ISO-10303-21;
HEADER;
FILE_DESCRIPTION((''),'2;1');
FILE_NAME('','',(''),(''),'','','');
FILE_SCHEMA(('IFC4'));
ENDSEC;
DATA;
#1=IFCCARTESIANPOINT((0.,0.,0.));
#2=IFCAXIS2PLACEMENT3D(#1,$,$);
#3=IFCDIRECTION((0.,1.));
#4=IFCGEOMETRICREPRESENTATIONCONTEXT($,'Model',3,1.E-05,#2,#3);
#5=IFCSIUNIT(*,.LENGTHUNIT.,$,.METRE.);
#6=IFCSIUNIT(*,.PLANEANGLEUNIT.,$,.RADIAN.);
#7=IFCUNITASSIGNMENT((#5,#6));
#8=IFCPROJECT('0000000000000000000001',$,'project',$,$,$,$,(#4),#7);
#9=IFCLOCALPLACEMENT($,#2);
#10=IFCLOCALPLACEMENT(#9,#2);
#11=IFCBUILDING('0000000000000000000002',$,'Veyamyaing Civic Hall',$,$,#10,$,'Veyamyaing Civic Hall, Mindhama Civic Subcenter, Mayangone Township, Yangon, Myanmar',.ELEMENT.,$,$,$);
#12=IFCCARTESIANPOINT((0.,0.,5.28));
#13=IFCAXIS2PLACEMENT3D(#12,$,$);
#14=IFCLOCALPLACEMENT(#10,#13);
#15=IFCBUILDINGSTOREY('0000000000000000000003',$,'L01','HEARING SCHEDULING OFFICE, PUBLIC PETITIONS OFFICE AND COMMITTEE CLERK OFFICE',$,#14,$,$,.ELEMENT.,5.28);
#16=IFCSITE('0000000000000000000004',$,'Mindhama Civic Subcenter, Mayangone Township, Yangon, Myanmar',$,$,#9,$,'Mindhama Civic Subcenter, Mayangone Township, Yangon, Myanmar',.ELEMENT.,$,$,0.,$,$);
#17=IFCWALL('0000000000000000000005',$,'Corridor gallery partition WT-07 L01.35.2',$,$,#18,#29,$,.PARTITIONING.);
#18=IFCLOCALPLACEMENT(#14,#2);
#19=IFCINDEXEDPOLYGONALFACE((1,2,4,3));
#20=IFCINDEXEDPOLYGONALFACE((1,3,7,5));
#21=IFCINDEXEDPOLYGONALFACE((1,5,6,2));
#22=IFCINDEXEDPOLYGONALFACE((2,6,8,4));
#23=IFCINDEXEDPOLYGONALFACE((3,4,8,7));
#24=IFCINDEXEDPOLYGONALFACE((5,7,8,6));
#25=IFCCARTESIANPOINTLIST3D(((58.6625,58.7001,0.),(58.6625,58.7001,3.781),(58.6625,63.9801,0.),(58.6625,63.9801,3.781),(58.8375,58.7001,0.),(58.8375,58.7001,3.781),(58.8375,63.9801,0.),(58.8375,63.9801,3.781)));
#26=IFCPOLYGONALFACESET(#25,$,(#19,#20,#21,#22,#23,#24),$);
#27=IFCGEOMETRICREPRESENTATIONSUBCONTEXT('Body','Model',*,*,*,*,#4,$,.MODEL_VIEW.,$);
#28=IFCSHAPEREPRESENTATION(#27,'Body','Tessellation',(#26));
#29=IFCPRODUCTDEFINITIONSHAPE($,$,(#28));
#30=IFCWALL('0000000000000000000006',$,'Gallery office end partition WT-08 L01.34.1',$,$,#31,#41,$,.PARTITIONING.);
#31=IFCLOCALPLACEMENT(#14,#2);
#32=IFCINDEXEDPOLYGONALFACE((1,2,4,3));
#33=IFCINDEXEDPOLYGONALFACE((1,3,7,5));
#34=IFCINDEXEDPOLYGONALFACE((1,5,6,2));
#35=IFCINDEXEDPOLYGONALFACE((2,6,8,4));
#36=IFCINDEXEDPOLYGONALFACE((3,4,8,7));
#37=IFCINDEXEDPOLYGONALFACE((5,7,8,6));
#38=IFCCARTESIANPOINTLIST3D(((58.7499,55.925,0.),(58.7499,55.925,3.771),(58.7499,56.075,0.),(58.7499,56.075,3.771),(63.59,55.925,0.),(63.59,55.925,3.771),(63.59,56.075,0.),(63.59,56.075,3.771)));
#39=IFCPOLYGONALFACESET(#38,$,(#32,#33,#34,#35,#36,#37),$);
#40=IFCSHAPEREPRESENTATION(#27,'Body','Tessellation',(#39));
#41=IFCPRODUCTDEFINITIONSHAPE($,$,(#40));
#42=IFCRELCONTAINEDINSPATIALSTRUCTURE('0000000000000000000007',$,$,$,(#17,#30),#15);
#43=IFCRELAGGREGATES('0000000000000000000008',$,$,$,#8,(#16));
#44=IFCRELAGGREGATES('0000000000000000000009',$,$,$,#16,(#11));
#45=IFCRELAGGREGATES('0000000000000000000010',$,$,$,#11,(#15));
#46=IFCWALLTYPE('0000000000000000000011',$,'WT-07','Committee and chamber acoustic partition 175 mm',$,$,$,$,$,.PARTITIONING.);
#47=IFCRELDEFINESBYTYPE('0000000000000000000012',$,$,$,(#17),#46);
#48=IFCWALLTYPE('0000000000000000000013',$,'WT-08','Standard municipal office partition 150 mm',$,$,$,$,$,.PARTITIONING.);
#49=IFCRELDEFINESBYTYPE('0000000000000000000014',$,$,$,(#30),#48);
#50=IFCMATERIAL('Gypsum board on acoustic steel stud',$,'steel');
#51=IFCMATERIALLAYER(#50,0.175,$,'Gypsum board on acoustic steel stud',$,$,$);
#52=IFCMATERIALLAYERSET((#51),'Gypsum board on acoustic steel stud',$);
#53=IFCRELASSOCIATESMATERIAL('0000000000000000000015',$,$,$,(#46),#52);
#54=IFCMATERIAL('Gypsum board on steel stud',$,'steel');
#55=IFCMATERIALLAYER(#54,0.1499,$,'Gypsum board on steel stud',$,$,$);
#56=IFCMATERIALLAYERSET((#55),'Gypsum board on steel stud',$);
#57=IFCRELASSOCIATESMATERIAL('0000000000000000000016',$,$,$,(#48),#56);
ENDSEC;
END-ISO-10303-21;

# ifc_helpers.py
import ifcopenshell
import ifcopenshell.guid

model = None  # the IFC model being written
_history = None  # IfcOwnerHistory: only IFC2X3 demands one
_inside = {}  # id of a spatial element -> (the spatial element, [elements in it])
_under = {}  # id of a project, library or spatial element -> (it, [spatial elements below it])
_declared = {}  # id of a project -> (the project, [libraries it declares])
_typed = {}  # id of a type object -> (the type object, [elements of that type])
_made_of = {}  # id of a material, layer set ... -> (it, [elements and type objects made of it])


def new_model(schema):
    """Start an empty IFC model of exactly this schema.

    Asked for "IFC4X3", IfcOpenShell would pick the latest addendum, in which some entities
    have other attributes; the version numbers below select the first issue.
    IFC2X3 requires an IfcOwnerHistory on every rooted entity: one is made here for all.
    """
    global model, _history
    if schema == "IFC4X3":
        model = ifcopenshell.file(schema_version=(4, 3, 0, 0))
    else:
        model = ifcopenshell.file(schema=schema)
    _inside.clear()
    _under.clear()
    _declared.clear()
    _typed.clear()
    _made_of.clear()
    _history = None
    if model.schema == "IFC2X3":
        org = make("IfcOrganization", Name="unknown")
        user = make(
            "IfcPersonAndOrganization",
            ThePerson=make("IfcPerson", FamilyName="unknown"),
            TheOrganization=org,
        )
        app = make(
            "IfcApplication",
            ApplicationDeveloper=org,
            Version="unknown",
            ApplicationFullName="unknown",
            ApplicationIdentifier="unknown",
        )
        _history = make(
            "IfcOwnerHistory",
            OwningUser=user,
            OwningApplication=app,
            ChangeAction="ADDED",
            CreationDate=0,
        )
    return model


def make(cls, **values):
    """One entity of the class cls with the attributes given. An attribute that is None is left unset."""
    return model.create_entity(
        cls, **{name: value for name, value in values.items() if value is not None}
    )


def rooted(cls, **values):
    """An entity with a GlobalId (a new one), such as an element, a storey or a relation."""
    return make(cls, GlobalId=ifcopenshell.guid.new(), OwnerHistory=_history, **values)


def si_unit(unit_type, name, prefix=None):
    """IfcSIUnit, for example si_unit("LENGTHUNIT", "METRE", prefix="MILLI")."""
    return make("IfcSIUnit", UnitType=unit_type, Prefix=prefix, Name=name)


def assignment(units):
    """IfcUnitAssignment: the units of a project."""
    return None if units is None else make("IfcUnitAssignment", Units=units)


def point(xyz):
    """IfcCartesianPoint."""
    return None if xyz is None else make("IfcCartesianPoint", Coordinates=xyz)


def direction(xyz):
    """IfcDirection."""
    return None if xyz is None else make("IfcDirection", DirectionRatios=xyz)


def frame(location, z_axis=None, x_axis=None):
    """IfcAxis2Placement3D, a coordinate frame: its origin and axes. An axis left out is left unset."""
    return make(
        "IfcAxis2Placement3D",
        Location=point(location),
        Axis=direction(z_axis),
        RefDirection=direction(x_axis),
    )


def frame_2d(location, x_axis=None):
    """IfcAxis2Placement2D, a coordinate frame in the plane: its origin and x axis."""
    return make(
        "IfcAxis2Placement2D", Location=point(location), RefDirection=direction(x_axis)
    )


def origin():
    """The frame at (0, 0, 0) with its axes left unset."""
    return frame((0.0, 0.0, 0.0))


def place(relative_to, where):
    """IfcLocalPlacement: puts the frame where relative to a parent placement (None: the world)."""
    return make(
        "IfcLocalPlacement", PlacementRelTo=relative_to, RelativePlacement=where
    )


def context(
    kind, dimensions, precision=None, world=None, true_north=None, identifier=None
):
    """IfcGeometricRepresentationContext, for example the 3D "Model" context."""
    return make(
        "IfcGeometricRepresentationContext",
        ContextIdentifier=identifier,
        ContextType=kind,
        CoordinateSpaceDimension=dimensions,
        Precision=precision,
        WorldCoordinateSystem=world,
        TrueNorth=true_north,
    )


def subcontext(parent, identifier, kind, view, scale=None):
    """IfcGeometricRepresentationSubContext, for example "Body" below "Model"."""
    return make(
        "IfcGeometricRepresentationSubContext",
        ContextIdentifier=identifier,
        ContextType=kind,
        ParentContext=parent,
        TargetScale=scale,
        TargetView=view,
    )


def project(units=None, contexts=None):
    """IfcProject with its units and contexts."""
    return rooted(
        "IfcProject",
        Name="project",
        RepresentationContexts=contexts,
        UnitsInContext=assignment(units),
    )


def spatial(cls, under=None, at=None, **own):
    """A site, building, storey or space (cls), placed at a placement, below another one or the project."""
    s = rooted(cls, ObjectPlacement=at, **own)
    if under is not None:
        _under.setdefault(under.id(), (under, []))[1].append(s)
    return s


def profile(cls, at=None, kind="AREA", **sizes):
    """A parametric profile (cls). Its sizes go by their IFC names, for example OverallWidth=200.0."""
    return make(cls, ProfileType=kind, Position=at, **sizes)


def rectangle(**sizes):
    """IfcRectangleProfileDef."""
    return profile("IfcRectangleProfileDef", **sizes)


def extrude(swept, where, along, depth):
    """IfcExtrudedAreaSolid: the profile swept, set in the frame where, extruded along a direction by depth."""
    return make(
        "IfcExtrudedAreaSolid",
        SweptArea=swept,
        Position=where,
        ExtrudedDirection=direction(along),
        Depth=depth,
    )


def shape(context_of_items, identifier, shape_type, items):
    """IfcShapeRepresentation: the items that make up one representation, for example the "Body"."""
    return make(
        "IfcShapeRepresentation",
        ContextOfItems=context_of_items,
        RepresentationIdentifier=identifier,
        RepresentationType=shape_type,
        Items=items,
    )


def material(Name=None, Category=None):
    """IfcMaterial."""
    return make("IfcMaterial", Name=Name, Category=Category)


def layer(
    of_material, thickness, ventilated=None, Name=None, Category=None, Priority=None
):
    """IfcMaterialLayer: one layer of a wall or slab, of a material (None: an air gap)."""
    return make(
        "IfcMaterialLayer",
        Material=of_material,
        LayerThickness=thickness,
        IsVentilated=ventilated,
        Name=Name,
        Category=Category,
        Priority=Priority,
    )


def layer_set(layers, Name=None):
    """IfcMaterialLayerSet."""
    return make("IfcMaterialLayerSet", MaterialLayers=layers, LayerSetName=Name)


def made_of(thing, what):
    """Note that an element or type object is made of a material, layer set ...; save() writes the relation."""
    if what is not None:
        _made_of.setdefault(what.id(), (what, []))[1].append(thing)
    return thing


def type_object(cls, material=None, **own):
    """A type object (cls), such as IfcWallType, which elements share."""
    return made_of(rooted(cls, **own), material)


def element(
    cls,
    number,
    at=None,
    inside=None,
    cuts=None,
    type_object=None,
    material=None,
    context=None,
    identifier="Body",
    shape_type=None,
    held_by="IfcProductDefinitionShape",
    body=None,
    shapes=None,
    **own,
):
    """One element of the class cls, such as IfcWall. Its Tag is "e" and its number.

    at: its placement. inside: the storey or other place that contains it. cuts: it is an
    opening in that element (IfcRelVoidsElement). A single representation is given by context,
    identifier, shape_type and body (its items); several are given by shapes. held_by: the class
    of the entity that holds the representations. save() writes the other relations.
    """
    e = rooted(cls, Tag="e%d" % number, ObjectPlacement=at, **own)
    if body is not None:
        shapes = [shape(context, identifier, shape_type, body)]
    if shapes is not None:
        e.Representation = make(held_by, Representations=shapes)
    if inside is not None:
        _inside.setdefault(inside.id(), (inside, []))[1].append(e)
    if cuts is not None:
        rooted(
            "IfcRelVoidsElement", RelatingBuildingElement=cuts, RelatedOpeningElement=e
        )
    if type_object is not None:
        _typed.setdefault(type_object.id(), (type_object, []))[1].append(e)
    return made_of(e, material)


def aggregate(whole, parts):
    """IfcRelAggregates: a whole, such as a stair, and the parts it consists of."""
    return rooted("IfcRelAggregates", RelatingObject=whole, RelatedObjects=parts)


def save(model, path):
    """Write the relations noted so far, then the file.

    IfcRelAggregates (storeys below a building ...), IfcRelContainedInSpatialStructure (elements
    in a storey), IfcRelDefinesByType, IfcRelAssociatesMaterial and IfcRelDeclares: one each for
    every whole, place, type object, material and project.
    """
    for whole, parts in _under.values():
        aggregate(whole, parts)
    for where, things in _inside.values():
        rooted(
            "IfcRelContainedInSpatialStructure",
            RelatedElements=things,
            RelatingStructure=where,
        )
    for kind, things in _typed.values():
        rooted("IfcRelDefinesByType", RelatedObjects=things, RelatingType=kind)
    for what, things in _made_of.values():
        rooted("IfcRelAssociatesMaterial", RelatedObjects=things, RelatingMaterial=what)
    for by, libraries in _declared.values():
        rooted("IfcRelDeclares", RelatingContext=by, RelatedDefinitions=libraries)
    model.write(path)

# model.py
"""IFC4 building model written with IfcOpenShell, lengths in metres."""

from ifc_helpers import new_model, si_unit, direction, frame, frame_2d, origin, place, context, subcontext, project, spatial, rectangle, extrude, material, layer, layer_set, type_object, element, save


model = new_model("IFC4")

# Units and contexts
model_context = context("Model", 3, precision=1e-05, world=origin(), true_north=direction((0.0, 1.0)))
body_context = subcontext(model_context, "Body", "Model", "MODEL_VIEW")
ifc_project = project(units=[si_unit("LENGTHUNIT", "METRE"), si_unit("PLANEANGLEUNIT", "RADIAN")], contexts=[model_context])

# Site, building, storey
site_placement = place(None, origin())
site = spatial("IfcSite", under=ifc_project, at=site_placement, Name="Mindhama Civic Subcenter, Mayangone Township, Yangon, Myanmar", LongName="Mindhama Civic Subcenter, Mayangone Township, Yangon, Myanmar", CompositionType="ELEMENT", RefElevation=0.0)
building_placement = place(site_placement, origin())
building = spatial("IfcBuilding", under=site, at=building_placement, Name="Veyamyaing Civic Hall", LongName="Veyamyaing Civic Hall, Mindhama Civic Subcenter, Mayangone Township, Yangon, Myanmar", CompositionType="ELEMENT")
storey_placement = place(building_placement, frame((0.0, 0.0, 5.28)))
storey = spatial("IfcBuildingStorey", under=building, at=storey_placement, Name="L01", Description="HEARING SCHEDULING OFFICE, PUBLIC PETITIONS OFFICE AND COMMITTEE CLERK OFFICE", CompositionType="ELEMENT", Elevation=5.28)

# Shared definitions
ifc_material_1 = material(Name="Gypsum board on acoustic steel stud", Category="steel")
ifc_layer_1 = layer(ifc_material_1, 0.175, Name="Gypsum board on acoustic steel stud")
ifc_layer_set_1 = layer_set([ifc_layer_1], Name="Gypsum board on acoustic steel stud")
wall_type_1 = type_object("IfcWallType", Name="WT-07", Description="Committee and chamber acoustic partition 175 mm", PredefinedType="PARTITIONING", material=ifc_layer_set_1)

# Walls
wall_1_placement = place(storey_placement, frame((58.75, 58.7, 0.0), z_axis=(0.0, 0.0, 1.0), x_axis=(0.0, 1.0, 0.0)))
element("IfcWall", 1, at=wall_1_placement, inside=storey, type_object=wall_type_1, Name="Corridor gallery partition WT-07 L01.35.2", PredefinedType="PARTITIONING", context=body_context, shape_type="SweptSolid", body=[
    extrude(rectangle(XDim=5.28, YDim=0.175, at=frame_2d((2.6401, 0.0))), origin(), (0.0, 0.0, 1.0), 3.781),
])
ifc_material_2 = material(Name="Gypsum board on steel stud", Category="steel")
ifc_layer_2 = layer(ifc_material_2, 0.1499, Name="Gypsum board on steel stud")
ifc_layer_set_2 = layer_set([ifc_layer_2], Name="Gypsum board on steel stud")
wall_type_2 = type_object("IfcWallType", Name="WT-08", Description="Standard municipal office partition 150 mm", PredefinedType="PARTITIONING", material=ifc_layer_set_2)
wall_2_placement = place(storey_placement, frame((58.75, 56.0, 0.0), z_axis=(0.0, 0.0, 1.0), x_axis=(1.0, 0.0, 0.0)))
element("IfcWall", 2, at=wall_2_placement, inside=storey, type_object=wall_type_2, Name="Gallery office end partition WT-08 L01.34.1", PredefinedType="PARTITIONING", context=body_context, shape_type="SweptSolid", body=[
    extrude(rectangle(XDim=4.8401, YDim=0.1499, at=frame_2d((2.4199, 0.0))), origin(), (0.0, 0.0, 1.0), 3.771),
])

save(model, "model.ifc")
